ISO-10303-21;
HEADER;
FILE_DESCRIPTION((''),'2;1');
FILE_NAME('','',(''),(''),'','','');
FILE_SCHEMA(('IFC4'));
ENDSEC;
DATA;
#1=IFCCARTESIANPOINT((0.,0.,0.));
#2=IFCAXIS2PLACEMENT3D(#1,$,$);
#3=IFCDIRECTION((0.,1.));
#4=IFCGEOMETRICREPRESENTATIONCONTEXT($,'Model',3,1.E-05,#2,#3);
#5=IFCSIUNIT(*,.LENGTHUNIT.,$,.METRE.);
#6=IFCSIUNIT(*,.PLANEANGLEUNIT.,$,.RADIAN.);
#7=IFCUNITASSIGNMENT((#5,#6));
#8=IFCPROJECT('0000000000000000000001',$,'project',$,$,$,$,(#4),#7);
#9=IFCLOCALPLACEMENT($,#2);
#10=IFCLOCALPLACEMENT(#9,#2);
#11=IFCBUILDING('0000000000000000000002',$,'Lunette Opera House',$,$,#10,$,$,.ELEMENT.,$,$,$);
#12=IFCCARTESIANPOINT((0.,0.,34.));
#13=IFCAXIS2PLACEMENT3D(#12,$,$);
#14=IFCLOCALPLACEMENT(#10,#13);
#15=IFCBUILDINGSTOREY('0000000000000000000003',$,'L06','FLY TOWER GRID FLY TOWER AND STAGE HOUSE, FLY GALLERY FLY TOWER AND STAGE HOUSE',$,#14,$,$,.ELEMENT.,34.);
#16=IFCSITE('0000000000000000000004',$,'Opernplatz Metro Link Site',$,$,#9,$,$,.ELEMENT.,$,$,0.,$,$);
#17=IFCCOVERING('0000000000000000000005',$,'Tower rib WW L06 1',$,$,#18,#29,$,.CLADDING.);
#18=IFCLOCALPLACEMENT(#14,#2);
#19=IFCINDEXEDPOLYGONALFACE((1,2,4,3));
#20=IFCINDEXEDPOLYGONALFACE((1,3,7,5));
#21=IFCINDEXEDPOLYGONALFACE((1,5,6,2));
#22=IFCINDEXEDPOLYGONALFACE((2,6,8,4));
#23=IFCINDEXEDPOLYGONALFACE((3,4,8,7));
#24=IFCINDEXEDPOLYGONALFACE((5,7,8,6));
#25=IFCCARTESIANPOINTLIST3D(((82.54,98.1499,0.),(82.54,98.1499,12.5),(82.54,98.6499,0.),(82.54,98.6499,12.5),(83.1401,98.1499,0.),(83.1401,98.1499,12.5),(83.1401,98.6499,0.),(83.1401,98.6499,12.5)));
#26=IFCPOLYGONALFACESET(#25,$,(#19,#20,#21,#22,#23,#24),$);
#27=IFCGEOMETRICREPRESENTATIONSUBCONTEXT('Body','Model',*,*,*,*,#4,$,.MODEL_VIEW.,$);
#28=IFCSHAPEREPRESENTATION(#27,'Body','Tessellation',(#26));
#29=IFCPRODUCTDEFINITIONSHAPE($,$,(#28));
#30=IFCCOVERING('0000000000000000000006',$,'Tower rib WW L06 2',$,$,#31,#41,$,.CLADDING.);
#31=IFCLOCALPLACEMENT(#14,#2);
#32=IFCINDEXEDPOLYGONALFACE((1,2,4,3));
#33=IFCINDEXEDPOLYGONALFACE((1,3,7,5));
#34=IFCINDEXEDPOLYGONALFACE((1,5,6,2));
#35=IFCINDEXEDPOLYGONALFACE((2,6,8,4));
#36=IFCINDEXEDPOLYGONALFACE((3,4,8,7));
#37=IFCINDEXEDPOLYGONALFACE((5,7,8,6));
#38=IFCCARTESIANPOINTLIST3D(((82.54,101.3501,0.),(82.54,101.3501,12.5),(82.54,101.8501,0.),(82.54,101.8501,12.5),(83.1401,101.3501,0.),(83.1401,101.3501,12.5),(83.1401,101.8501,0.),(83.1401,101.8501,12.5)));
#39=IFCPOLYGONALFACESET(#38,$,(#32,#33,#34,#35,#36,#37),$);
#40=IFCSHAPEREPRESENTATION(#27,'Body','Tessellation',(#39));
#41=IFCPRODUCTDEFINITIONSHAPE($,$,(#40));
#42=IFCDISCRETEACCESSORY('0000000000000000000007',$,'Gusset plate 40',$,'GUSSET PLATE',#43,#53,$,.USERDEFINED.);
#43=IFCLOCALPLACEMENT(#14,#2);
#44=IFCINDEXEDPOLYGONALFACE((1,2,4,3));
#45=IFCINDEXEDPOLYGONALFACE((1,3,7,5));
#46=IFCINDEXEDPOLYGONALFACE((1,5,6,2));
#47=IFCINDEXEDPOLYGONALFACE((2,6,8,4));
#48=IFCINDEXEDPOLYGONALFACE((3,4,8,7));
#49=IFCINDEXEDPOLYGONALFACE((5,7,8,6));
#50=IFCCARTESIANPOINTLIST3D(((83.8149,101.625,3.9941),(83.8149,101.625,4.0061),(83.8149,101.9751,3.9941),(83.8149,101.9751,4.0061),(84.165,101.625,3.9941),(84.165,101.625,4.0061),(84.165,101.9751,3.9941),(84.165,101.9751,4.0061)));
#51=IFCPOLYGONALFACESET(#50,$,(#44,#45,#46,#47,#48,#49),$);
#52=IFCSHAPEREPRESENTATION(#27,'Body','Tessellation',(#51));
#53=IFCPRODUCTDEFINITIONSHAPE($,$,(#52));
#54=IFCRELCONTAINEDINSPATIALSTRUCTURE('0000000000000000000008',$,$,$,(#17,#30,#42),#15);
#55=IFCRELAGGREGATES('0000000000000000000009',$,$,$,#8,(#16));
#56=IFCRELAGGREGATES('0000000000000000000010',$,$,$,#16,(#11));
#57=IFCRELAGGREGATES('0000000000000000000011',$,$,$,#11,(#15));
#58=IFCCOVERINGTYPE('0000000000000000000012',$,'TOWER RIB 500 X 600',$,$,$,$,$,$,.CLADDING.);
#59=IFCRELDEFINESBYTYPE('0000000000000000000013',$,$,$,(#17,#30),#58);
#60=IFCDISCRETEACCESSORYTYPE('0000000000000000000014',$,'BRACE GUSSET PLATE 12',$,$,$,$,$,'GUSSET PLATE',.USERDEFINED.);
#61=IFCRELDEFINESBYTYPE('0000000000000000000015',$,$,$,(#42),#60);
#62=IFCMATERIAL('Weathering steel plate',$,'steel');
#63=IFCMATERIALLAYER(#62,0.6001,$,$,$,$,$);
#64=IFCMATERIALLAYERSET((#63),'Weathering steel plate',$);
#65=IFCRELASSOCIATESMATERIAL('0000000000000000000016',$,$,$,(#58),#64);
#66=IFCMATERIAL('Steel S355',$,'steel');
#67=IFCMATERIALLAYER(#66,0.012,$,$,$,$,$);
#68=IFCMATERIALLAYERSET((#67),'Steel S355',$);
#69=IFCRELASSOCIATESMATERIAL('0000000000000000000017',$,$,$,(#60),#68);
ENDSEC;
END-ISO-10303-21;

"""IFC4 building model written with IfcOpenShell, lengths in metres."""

from ifc_helpers import new_model, si_unit, direction, frame, origin, origin_2d, place, context, subcontext, project, spatial, rectangle, extrude, material, layer, layer_set, type_object, element, save


model = new_model("IFC4")

# Units and contexts
model_context = context("Model", 3, precision=1e-05, world=origin(), true_north=direction((0.0, 1.0)))
body_context = subcontext(model_context, "Body", "Model", "MODEL_VIEW")
ifc_project = project(units=[si_unit("LENGTHUNIT", "METRE"), si_unit("PLANEANGLEUNIT", "RADIAN")], contexts=[model_context])

# Site, building, storey
site_placement = place(None, origin())
site = spatial("IfcSite", under=ifc_project, at=site_placement, Name="Opernplatz Metro Link Site", CompositionType="ELEMENT", RefElevation=0.0)
building_placement = place(site_placement, origin())
building = spatial("IfcBuilding", under=site, at=building_placement, Name="Lunette Opera House", CompositionType="ELEMENT")
storey_placement = place(building_placement, frame((0.0, 0.0, 34.0)))
storey = spatial("IfcBuildingStorey", under=building, at=storey_placement, Name="L06", Description="FLY TOWER GRID FLY TOWER AND STAGE HOUSE, FLY GALLERY FLY TOWER AND STAGE HOUSE", CompositionType="ELEMENT", Elevation=34.0)

# Coverings
ifc_material_1 = material(Name="Weathering steel plate", Category="steel")
ifc_layer_1 = layer(ifc_material_1, 0.6001)
ifc_layer_set_1 = layer_set([ifc_layer_1], Name="Weathering steel plate")
covering_type_1 = type_object("IfcCoveringType", Name="TOWER RIB 500 X 600", PredefinedType="CLADDING", material=ifc_layer_set_1)
for number, where, z_axis, x_axis, name in (
    (1, (82.8401, 98.3999, 0.0), (0.0, 0.0, 1.0), (0.0, 1.0, 0.0), "Tower rib WW L06 1"),
    (2, (82.8401, 101.6001, 0.0), (0.0, 0.0, 1.0), (0.0, 1.0, 0.0), "Tower rib WW L06 2"),
):
    element("IfcCovering", number, at=place(storey_placement, frame(where, z_axis=z_axis, x_axis=x_axis)), inside=storey, type_object=covering_type_1, Name=name, PredefinedType="CLADDING", context=body_context, shape_type="SweptSolid", body=[
        extrude(rectangle(XDim=0.5, YDim=0.6001, at=origin_2d()), origin(), (0.0, 0.0, 1.0), 12.5),
    ])

# Discrete accessory
ifc_material_2 = material(Name="Steel S355", Category="steel")
ifc_layer_2 = layer(ifc_material_2, 0.012)
ifc_layer_set_2 = layer_set([ifc_layer_2], Name="Steel S355")
discrete_accessory_type = type_object("IfcDiscreteAccessoryType", Name="BRACE GUSSET PLATE 12", ElementType="GUSSET PLATE", PredefinedType="USERDEFINED", material=ifc_layer_set_2)
discrete_accessory_placement = place(storey_placement, frame((83.99, 101.8, 3.9941), z_axis=(0.0, 0.0, 1.0), x_axis=(1.0, 0.0, 0.0)))
element("IfcDiscreteAccessory", 3, at=discrete_accessory_placement, inside=storey, type_object=discrete_accessory_type, Name="Gusset plate 40", ObjectType="GUSSET PLATE", PredefinedType="USERDEFINED", context=body_context, shape_type="SweptSolid", body=[
    extrude(rectangle(XDim=0.3501, YDim=0.3501, at=origin_2d()), origin(), (0.0, 0.0, 1.0), 0.012),
])

save(model, "model.ifc")
